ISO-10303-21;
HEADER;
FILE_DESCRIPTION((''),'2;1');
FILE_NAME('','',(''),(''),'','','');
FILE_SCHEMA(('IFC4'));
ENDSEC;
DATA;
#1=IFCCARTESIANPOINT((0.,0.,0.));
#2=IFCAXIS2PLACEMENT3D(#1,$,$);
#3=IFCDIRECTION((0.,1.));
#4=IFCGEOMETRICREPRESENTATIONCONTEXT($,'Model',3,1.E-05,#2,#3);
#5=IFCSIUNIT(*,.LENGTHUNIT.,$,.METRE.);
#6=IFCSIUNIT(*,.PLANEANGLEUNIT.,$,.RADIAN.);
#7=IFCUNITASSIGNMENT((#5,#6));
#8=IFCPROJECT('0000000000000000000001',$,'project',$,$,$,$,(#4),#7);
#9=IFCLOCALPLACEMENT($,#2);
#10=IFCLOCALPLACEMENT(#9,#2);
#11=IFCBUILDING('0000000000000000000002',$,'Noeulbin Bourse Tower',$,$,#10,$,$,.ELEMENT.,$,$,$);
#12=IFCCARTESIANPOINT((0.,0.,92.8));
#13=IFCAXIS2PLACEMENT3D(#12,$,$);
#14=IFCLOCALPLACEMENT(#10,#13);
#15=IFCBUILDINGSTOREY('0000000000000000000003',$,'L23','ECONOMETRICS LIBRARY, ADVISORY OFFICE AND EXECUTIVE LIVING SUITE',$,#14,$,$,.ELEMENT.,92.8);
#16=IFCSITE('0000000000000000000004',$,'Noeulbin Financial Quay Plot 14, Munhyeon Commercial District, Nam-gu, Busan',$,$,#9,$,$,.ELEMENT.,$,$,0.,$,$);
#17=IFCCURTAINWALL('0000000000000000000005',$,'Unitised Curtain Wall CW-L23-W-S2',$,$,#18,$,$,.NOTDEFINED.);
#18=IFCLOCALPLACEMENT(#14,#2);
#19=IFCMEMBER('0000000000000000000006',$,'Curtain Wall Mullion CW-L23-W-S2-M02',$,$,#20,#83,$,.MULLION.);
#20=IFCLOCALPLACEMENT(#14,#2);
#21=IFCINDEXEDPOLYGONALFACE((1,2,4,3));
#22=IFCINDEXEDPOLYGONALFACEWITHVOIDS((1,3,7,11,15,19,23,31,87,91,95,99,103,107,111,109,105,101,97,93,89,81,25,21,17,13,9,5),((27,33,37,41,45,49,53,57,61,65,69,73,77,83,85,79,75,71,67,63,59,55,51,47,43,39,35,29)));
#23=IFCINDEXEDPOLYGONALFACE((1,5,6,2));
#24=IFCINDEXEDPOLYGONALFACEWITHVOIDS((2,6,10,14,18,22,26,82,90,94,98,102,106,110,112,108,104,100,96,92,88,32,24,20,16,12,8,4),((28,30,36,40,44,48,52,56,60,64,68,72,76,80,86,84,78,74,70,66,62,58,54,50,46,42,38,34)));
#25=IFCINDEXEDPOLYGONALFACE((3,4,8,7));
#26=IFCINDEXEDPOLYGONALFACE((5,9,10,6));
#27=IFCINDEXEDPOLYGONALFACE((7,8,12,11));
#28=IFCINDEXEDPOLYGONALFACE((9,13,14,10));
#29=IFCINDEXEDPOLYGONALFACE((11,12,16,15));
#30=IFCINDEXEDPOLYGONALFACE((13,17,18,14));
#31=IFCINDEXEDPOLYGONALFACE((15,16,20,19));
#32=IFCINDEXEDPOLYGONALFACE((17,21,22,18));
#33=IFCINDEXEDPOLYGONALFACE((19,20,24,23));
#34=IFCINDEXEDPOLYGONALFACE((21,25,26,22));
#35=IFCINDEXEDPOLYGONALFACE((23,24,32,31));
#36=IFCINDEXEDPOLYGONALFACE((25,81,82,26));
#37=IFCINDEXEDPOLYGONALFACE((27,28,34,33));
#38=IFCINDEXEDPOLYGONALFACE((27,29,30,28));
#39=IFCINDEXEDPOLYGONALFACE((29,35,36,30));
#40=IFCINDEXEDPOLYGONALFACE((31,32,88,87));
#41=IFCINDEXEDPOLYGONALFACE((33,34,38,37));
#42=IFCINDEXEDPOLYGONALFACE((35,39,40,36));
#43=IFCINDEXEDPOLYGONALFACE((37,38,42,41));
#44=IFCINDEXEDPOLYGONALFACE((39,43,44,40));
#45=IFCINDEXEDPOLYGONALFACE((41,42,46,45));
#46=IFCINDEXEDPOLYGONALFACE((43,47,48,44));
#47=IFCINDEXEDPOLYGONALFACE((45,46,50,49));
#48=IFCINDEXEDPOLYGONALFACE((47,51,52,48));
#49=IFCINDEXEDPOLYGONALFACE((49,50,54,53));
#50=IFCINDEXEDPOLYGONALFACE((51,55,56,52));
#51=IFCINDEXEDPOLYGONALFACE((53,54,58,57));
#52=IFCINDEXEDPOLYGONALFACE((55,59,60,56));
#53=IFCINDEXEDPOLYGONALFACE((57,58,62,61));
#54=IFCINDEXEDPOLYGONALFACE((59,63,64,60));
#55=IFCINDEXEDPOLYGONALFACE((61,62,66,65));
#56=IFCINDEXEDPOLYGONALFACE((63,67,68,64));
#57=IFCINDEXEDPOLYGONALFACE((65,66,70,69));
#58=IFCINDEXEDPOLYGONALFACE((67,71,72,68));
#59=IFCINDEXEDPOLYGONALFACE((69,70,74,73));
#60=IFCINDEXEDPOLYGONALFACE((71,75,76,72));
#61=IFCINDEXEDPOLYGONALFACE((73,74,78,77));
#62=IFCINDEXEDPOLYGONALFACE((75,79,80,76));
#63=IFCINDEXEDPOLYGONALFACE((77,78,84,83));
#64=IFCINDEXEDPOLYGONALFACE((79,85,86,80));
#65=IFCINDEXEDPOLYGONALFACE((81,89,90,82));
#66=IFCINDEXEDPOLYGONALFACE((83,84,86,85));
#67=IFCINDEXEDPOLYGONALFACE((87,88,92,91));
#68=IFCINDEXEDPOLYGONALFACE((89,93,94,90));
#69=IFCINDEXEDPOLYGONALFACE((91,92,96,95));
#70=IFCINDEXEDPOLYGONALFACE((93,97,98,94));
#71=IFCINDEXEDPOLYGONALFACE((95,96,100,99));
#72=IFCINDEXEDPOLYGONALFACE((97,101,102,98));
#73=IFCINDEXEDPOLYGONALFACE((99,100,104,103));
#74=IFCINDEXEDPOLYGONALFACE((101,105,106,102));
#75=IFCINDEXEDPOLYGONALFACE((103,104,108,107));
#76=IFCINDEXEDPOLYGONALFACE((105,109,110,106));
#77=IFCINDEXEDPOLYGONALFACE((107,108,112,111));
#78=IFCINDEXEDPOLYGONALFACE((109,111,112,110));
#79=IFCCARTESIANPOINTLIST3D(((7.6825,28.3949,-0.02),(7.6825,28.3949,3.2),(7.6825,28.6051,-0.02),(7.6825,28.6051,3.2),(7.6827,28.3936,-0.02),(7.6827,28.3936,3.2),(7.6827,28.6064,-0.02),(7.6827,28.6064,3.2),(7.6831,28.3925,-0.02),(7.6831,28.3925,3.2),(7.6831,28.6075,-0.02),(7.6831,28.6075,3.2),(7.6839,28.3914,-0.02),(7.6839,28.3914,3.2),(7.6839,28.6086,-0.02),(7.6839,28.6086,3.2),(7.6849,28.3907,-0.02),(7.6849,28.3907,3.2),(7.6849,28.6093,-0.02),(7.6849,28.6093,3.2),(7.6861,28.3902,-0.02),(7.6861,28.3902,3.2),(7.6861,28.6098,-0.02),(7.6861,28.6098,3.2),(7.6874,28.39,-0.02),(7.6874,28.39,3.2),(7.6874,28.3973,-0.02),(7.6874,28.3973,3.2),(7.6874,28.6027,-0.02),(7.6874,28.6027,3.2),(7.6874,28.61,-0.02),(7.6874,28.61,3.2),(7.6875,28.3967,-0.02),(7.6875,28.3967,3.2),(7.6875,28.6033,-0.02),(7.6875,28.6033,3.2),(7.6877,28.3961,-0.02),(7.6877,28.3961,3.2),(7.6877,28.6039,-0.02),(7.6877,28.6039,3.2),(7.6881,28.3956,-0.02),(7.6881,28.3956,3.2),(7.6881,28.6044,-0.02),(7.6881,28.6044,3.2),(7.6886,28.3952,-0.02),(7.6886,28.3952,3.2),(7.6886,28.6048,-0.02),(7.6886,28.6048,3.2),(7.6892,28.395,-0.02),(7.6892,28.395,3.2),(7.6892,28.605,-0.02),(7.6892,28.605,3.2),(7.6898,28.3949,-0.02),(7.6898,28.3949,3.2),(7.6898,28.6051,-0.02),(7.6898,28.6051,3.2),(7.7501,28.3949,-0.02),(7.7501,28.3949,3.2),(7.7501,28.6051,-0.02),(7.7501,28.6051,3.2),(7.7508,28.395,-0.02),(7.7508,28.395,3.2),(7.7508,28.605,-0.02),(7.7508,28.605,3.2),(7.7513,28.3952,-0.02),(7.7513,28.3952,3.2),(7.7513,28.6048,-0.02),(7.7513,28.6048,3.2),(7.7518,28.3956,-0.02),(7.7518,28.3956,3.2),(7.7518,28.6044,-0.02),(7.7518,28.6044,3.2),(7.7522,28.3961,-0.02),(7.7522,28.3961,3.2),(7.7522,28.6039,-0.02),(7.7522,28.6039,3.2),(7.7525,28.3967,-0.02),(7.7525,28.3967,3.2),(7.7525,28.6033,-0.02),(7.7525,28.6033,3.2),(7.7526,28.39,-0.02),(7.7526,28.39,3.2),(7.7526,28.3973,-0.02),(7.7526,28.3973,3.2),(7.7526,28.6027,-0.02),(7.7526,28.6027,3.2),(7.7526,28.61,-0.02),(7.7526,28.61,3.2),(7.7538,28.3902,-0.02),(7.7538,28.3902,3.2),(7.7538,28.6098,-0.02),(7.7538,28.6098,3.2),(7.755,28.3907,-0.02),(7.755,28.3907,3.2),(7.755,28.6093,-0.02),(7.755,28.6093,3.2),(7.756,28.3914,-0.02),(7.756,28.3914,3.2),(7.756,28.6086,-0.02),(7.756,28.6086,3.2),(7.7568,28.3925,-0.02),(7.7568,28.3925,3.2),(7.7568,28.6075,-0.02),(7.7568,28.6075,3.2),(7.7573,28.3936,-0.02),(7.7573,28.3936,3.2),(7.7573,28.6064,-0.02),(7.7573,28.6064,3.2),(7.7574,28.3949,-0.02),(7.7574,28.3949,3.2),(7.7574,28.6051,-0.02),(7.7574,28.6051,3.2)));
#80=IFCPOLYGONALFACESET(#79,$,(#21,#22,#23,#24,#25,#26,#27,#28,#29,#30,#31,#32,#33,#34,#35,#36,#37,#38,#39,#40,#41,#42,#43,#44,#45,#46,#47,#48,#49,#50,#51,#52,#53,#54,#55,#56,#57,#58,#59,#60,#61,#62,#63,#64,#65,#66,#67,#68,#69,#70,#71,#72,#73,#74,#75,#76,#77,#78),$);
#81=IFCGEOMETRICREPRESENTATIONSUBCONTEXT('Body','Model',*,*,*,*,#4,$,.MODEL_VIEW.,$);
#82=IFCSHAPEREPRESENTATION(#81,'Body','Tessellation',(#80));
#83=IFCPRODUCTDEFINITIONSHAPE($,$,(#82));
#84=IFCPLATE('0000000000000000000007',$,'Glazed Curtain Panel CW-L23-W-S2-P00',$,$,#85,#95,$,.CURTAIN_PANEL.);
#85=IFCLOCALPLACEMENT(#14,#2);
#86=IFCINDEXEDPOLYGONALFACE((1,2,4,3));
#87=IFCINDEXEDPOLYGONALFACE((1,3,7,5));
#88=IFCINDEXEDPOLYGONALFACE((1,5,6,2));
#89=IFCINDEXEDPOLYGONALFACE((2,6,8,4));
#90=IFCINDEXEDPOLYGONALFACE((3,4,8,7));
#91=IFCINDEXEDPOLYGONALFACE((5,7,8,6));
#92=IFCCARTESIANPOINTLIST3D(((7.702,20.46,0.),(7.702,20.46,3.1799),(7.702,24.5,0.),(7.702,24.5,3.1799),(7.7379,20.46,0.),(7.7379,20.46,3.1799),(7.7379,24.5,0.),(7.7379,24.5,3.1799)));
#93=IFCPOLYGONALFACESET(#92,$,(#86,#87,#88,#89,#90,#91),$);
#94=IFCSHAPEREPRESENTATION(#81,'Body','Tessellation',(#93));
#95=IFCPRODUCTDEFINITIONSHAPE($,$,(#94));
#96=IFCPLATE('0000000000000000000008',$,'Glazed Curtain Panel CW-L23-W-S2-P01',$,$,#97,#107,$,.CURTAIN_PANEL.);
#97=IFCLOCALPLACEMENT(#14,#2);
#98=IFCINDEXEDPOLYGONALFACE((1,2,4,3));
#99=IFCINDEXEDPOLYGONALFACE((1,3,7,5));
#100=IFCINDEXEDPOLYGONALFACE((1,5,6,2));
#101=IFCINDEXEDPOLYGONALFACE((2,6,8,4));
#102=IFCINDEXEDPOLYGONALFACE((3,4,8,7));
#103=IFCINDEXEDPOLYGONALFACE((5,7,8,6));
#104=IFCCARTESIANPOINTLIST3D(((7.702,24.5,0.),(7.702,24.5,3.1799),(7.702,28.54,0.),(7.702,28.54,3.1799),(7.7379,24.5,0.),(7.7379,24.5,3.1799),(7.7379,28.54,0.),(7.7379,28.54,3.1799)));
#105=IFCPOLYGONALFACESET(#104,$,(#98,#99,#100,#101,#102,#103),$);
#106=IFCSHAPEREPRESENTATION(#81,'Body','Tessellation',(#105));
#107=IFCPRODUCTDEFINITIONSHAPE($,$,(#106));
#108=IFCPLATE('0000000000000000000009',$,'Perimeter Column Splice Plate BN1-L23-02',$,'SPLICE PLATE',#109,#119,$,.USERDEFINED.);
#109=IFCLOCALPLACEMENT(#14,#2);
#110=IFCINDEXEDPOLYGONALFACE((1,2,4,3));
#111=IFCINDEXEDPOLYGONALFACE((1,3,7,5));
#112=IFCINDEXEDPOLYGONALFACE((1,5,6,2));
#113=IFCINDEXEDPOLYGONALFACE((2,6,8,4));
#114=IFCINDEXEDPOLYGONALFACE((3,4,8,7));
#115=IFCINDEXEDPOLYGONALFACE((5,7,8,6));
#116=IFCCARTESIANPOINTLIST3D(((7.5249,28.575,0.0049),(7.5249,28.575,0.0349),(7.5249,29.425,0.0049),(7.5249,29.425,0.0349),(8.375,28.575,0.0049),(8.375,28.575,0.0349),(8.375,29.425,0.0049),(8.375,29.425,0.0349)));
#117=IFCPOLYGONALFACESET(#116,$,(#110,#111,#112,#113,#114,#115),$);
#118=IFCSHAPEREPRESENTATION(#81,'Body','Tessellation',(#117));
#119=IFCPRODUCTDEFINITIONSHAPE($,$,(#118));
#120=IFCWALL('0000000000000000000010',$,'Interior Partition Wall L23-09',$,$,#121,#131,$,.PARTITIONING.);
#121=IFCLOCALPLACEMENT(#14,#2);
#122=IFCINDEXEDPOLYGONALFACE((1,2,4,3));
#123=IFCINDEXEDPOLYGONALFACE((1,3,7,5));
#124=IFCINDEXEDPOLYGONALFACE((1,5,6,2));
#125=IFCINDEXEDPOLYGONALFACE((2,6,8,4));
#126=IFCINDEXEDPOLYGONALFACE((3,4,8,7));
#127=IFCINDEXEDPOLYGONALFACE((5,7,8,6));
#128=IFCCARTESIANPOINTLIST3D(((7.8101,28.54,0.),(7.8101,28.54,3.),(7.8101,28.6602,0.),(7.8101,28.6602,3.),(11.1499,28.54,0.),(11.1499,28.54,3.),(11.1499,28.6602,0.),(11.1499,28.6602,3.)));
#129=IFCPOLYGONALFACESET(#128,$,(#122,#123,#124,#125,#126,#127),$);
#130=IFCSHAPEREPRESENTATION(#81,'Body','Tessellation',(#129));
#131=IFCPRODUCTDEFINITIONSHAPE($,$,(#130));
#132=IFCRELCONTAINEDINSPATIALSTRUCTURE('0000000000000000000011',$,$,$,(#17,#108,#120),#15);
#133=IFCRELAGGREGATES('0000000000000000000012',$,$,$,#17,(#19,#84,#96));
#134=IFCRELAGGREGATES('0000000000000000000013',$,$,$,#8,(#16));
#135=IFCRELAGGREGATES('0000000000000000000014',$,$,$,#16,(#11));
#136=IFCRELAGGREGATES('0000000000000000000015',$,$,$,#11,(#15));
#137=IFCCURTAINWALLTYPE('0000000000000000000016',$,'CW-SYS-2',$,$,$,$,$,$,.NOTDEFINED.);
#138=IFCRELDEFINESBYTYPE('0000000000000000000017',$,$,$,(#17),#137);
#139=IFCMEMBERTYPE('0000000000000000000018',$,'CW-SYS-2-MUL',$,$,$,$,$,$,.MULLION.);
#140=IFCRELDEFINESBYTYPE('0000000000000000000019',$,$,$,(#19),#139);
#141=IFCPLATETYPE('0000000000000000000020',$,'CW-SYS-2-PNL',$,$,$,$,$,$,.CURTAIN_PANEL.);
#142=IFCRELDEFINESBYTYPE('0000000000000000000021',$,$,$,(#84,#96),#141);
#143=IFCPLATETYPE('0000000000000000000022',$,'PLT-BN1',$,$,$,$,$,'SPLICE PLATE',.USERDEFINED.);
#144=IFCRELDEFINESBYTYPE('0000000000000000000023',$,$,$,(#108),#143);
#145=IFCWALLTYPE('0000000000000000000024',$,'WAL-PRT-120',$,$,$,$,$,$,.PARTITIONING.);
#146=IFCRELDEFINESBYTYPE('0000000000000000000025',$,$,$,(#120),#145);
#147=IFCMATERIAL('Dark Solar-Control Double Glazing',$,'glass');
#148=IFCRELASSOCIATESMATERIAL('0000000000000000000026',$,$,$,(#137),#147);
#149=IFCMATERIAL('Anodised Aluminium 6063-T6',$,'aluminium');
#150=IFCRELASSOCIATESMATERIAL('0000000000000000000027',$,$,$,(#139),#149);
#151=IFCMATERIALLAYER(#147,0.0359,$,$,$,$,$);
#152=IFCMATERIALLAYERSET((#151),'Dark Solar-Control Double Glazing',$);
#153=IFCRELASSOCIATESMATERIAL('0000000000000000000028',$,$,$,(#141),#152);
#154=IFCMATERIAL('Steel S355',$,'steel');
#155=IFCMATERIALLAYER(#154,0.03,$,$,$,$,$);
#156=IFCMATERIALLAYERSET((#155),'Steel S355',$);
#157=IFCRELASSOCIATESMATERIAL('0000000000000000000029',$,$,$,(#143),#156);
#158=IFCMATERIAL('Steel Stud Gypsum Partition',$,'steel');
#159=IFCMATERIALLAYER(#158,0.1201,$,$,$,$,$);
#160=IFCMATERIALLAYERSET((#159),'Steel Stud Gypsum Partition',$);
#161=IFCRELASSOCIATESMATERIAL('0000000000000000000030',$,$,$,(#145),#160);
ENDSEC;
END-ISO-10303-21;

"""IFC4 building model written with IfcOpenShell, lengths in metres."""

from ifc_helpers import new_model, si_unit, direction, frame, frame_2d, origin, origin_2d, place, context, subcontext, project, spatial, rectangle, hollow_rectangle, extrude, material, layer, layer_set, material_profile, profile_set, type_object, element, aggregate, save


model = new_model("IFC4")

# Units and contexts
model_context = context("Model", 3, precision=1e-05, world=origin(), true_north=direction((0.0, 1.0)))
body_context = subcontext(model_context, "Body", "Model", "MODEL_VIEW")
ifc_project = project(units=[si_unit("LENGTHUNIT", "METRE"), si_unit("PLANEANGLEUNIT", "RADIAN")], contexts=[model_context])

# Site, building, storey
site_placement = place(None, origin())
site = spatial("IfcSite", under=ifc_project, at=site_placement, Name="Noeulbin Financial Quay Plot 14, Munhyeon Commercial District, Nam-gu, Busan", CompositionType="ELEMENT", RefElevation=0.0)
building_placement = place(site_placement, origin())
building = spatial("IfcBuilding", under=site, at=building_placement, Name="Noeulbin Bourse Tower", CompositionType="ELEMENT")
storey_placement = place(building_placement, frame((0.0, 0.0, 92.8)))
storey = spatial("IfcBuildingStorey", under=building, at=storey_placement, Name="L23", Description="ECONOMETRICS LIBRARY, ADVISORY OFFICE AND EXECUTIVE LIVING SUITE", CompositionType="ELEMENT", Elevation=92.8)

# Shared definitions
ifc_material_1 = material(Name="Steel S355", Category="steel")

# Curtain wall, member, plates
ifc_material_2 = material(Name="Dark Solar-Control Double Glazing", Category="glass")
curtain_wall_type = type_object("IfcCurtainWallType", Name="CW-SYS-2", PredefinedType="NOTDEFINED", material=ifc_material_2)
curtain_wall_placement = place(storey_placement, origin())
curtain_wall = element("IfcCurtainWall", 1, at=curtain_wall_placement, inside=storey, type_object=curtain_wall_type, Name="Unitised Curtain Wall CW-L23-W-S2", PredefinedType="NOTDEFINED")
ifc_material_3 = material(Name="Anodised Aluminium 6063-T6", Category="aluminium")
ifc_material_profile_1 = material_profile(ifc_material_3, hollow_rectangle(XDim=0.075, YDim=0.22, WallThickness=0.0049, InnerFilletRadius=0.0024, OuterFilletRadius=0.0049, at=origin_2d()), Name="ALU-MULL-75x220x5", Category="LoadBearing")
ifc_profile_set_1 = profile_set([ifc_material_profile_1], Name="Anodised Aluminium 6063-T6")
member_type = type_object("IfcMemberType", Name="CW-SYS-2-MUL", PredefinedType="MULLION", material=ifc_profile_set_1)
member_1_placement = place(storey_placement, frame((7.72, 28.5, -0.02), z_axis=(0.0, 0.0, 1.0), x_axis=(1.0, 0.0, 0.0)))
member_1 = element("IfcMember", 2, at=member_1_placement, type_object=member_type, Name="Curtain Wall Mullion CW-L23-W-S2-M02", PredefinedType="MULLION", context=body_context, shape_type="SweptSolid", body=[
    extrude(hollow_rectangle(XDim=0.075, YDim=0.22, WallThickness=0.0049, InnerFilletRadius=0.0024, OuterFilletRadius=0.0049, at=origin_2d()), origin(), (0.0, 0.0, 1.0), 3.22),
])
ifc_layer_1 = layer(ifc_material_2, 0.0359)
ifc_layer_set_1 = layer_set([ifc_layer_1], Name="Dark Solar-Control Double Glazing")
plate_type_1 = type_object("IfcPlateType", Name="CW-SYS-2-PNL", PredefinedType="CURTAIN_PANEL", material=ifc_layer_set_1)
plate_1_placement = place(storey_placement, frame((7.72, 22.48, 0.0), z_axis=(0.0, 0.0, 1.0), x_axis=(0.0, 1.0, 0.0)))
plate_1 = element("IfcPlate", 3, at=plate_1_placement, type_object=plate_type_1, Name="Glazed Curtain Panel CW-L23-W-S2-P00", PredefinedType="CURTAIN_PANEL", context=body_context, shape_type="SweptSolid", body=[
    extrude(rectangle(XDim=4.04, YDim=0.0359, at=origin_2d()), origin(), (0.0, 0.0, 1.0), 3.1799),
])
plate_2_placement = place(storey_placement, frame((7.72, 26.52, 0.0), z_axis=(0.0, 0.0, 1.0), x_axis=(0.0, 1.0, 0.0)))
plate_2 = element("IfcPlate", 4, at=plate_2_placement, type_object=plate_type_1, Name="Glazed Curtain Panel CW-L23-W-S2-P01", PredefinedType="CURTAIN_PANEL", context=body_context, shape_type="SweptSolid", body=[
    extrude(rectangle(XDim=4.04, YDim=0.0359, at=origin_2d()), origin(), (0.0, 0.0, 1.0), 3.1799),
])
aggregate(curtain_wall, [member_1, plate_1, plate_2])

# Plate
ifc_layer_2 = layer(ifc_material_1, 0.03)
ifc_layer_set_2 = layer_set([ifc_layer_2], Name="Steel S355")
plate_type_2 = type_object("IfcPlateType", Name="PLT-BN1", ElementType="SPLICE PLATE", PredefinedType="USERDEFINED", material=ifc_layer_set_2)
plate_3_placement = place(storey_placement, frame((7.95, 29.0, 0.0049), z_axis=(0.0, 0.0, 1.0), x_axis=(1.0, 0.0, 0.0)))
element("IfcPlate", 5, at=plate_3_placement, inside=storey, type_object=plate_type_2, Name="Perimeter Column Splice Plate BN1-L23-02", ObjectType="SPLICE PLATE", PredefinedType="USERDEFINED", context=body_context, shape_type="SweptSolid", body=[
    extrude(rectangle(XDim=0.8501, YDim=0.8501, at=origin_2d()), origin(), (0.0, 0.0, 1.0), 0.03),
])

# Wall
ifc_material_4 = material(Name="Steel Stud Gypsum Partition", Category="steel")
ifc_layer_3 = layer(ifc_material_4, 0.1201)
ifc_layer_set_3 = layer_set([ifc_layer_3], Name="Steel Stud Gypsum Partition")
wall_type_1 = type_object("IfcWallType", Name="WAL-PRT-120", PredefinedType="PARTITIONING", material=ifc_layer_set_3)
wall_1_placement = place(storey_placement, frame((7.8101, 28.6001, 0.0), z_axis=(0.0, 0.0, 1.0), x_axis=(1.0, 0.0, 0.0)))
element("IfcWall", 6, at=wall_1_placement, inside=storey, type_object=wall_type_1, Name="Interior Partition Wall L23-09", PredefinedType="PARTITIONING", context=body_context, shape_type="SweptSolid", body=[
    extrude(rectangle(XDim=3.3398, YDim=0.1201, at=frame_2d((1.6699, 0.0))), origin(), (0.0, 0.0, 1.0), 3.0),
])

save(model, "model.ifc")
